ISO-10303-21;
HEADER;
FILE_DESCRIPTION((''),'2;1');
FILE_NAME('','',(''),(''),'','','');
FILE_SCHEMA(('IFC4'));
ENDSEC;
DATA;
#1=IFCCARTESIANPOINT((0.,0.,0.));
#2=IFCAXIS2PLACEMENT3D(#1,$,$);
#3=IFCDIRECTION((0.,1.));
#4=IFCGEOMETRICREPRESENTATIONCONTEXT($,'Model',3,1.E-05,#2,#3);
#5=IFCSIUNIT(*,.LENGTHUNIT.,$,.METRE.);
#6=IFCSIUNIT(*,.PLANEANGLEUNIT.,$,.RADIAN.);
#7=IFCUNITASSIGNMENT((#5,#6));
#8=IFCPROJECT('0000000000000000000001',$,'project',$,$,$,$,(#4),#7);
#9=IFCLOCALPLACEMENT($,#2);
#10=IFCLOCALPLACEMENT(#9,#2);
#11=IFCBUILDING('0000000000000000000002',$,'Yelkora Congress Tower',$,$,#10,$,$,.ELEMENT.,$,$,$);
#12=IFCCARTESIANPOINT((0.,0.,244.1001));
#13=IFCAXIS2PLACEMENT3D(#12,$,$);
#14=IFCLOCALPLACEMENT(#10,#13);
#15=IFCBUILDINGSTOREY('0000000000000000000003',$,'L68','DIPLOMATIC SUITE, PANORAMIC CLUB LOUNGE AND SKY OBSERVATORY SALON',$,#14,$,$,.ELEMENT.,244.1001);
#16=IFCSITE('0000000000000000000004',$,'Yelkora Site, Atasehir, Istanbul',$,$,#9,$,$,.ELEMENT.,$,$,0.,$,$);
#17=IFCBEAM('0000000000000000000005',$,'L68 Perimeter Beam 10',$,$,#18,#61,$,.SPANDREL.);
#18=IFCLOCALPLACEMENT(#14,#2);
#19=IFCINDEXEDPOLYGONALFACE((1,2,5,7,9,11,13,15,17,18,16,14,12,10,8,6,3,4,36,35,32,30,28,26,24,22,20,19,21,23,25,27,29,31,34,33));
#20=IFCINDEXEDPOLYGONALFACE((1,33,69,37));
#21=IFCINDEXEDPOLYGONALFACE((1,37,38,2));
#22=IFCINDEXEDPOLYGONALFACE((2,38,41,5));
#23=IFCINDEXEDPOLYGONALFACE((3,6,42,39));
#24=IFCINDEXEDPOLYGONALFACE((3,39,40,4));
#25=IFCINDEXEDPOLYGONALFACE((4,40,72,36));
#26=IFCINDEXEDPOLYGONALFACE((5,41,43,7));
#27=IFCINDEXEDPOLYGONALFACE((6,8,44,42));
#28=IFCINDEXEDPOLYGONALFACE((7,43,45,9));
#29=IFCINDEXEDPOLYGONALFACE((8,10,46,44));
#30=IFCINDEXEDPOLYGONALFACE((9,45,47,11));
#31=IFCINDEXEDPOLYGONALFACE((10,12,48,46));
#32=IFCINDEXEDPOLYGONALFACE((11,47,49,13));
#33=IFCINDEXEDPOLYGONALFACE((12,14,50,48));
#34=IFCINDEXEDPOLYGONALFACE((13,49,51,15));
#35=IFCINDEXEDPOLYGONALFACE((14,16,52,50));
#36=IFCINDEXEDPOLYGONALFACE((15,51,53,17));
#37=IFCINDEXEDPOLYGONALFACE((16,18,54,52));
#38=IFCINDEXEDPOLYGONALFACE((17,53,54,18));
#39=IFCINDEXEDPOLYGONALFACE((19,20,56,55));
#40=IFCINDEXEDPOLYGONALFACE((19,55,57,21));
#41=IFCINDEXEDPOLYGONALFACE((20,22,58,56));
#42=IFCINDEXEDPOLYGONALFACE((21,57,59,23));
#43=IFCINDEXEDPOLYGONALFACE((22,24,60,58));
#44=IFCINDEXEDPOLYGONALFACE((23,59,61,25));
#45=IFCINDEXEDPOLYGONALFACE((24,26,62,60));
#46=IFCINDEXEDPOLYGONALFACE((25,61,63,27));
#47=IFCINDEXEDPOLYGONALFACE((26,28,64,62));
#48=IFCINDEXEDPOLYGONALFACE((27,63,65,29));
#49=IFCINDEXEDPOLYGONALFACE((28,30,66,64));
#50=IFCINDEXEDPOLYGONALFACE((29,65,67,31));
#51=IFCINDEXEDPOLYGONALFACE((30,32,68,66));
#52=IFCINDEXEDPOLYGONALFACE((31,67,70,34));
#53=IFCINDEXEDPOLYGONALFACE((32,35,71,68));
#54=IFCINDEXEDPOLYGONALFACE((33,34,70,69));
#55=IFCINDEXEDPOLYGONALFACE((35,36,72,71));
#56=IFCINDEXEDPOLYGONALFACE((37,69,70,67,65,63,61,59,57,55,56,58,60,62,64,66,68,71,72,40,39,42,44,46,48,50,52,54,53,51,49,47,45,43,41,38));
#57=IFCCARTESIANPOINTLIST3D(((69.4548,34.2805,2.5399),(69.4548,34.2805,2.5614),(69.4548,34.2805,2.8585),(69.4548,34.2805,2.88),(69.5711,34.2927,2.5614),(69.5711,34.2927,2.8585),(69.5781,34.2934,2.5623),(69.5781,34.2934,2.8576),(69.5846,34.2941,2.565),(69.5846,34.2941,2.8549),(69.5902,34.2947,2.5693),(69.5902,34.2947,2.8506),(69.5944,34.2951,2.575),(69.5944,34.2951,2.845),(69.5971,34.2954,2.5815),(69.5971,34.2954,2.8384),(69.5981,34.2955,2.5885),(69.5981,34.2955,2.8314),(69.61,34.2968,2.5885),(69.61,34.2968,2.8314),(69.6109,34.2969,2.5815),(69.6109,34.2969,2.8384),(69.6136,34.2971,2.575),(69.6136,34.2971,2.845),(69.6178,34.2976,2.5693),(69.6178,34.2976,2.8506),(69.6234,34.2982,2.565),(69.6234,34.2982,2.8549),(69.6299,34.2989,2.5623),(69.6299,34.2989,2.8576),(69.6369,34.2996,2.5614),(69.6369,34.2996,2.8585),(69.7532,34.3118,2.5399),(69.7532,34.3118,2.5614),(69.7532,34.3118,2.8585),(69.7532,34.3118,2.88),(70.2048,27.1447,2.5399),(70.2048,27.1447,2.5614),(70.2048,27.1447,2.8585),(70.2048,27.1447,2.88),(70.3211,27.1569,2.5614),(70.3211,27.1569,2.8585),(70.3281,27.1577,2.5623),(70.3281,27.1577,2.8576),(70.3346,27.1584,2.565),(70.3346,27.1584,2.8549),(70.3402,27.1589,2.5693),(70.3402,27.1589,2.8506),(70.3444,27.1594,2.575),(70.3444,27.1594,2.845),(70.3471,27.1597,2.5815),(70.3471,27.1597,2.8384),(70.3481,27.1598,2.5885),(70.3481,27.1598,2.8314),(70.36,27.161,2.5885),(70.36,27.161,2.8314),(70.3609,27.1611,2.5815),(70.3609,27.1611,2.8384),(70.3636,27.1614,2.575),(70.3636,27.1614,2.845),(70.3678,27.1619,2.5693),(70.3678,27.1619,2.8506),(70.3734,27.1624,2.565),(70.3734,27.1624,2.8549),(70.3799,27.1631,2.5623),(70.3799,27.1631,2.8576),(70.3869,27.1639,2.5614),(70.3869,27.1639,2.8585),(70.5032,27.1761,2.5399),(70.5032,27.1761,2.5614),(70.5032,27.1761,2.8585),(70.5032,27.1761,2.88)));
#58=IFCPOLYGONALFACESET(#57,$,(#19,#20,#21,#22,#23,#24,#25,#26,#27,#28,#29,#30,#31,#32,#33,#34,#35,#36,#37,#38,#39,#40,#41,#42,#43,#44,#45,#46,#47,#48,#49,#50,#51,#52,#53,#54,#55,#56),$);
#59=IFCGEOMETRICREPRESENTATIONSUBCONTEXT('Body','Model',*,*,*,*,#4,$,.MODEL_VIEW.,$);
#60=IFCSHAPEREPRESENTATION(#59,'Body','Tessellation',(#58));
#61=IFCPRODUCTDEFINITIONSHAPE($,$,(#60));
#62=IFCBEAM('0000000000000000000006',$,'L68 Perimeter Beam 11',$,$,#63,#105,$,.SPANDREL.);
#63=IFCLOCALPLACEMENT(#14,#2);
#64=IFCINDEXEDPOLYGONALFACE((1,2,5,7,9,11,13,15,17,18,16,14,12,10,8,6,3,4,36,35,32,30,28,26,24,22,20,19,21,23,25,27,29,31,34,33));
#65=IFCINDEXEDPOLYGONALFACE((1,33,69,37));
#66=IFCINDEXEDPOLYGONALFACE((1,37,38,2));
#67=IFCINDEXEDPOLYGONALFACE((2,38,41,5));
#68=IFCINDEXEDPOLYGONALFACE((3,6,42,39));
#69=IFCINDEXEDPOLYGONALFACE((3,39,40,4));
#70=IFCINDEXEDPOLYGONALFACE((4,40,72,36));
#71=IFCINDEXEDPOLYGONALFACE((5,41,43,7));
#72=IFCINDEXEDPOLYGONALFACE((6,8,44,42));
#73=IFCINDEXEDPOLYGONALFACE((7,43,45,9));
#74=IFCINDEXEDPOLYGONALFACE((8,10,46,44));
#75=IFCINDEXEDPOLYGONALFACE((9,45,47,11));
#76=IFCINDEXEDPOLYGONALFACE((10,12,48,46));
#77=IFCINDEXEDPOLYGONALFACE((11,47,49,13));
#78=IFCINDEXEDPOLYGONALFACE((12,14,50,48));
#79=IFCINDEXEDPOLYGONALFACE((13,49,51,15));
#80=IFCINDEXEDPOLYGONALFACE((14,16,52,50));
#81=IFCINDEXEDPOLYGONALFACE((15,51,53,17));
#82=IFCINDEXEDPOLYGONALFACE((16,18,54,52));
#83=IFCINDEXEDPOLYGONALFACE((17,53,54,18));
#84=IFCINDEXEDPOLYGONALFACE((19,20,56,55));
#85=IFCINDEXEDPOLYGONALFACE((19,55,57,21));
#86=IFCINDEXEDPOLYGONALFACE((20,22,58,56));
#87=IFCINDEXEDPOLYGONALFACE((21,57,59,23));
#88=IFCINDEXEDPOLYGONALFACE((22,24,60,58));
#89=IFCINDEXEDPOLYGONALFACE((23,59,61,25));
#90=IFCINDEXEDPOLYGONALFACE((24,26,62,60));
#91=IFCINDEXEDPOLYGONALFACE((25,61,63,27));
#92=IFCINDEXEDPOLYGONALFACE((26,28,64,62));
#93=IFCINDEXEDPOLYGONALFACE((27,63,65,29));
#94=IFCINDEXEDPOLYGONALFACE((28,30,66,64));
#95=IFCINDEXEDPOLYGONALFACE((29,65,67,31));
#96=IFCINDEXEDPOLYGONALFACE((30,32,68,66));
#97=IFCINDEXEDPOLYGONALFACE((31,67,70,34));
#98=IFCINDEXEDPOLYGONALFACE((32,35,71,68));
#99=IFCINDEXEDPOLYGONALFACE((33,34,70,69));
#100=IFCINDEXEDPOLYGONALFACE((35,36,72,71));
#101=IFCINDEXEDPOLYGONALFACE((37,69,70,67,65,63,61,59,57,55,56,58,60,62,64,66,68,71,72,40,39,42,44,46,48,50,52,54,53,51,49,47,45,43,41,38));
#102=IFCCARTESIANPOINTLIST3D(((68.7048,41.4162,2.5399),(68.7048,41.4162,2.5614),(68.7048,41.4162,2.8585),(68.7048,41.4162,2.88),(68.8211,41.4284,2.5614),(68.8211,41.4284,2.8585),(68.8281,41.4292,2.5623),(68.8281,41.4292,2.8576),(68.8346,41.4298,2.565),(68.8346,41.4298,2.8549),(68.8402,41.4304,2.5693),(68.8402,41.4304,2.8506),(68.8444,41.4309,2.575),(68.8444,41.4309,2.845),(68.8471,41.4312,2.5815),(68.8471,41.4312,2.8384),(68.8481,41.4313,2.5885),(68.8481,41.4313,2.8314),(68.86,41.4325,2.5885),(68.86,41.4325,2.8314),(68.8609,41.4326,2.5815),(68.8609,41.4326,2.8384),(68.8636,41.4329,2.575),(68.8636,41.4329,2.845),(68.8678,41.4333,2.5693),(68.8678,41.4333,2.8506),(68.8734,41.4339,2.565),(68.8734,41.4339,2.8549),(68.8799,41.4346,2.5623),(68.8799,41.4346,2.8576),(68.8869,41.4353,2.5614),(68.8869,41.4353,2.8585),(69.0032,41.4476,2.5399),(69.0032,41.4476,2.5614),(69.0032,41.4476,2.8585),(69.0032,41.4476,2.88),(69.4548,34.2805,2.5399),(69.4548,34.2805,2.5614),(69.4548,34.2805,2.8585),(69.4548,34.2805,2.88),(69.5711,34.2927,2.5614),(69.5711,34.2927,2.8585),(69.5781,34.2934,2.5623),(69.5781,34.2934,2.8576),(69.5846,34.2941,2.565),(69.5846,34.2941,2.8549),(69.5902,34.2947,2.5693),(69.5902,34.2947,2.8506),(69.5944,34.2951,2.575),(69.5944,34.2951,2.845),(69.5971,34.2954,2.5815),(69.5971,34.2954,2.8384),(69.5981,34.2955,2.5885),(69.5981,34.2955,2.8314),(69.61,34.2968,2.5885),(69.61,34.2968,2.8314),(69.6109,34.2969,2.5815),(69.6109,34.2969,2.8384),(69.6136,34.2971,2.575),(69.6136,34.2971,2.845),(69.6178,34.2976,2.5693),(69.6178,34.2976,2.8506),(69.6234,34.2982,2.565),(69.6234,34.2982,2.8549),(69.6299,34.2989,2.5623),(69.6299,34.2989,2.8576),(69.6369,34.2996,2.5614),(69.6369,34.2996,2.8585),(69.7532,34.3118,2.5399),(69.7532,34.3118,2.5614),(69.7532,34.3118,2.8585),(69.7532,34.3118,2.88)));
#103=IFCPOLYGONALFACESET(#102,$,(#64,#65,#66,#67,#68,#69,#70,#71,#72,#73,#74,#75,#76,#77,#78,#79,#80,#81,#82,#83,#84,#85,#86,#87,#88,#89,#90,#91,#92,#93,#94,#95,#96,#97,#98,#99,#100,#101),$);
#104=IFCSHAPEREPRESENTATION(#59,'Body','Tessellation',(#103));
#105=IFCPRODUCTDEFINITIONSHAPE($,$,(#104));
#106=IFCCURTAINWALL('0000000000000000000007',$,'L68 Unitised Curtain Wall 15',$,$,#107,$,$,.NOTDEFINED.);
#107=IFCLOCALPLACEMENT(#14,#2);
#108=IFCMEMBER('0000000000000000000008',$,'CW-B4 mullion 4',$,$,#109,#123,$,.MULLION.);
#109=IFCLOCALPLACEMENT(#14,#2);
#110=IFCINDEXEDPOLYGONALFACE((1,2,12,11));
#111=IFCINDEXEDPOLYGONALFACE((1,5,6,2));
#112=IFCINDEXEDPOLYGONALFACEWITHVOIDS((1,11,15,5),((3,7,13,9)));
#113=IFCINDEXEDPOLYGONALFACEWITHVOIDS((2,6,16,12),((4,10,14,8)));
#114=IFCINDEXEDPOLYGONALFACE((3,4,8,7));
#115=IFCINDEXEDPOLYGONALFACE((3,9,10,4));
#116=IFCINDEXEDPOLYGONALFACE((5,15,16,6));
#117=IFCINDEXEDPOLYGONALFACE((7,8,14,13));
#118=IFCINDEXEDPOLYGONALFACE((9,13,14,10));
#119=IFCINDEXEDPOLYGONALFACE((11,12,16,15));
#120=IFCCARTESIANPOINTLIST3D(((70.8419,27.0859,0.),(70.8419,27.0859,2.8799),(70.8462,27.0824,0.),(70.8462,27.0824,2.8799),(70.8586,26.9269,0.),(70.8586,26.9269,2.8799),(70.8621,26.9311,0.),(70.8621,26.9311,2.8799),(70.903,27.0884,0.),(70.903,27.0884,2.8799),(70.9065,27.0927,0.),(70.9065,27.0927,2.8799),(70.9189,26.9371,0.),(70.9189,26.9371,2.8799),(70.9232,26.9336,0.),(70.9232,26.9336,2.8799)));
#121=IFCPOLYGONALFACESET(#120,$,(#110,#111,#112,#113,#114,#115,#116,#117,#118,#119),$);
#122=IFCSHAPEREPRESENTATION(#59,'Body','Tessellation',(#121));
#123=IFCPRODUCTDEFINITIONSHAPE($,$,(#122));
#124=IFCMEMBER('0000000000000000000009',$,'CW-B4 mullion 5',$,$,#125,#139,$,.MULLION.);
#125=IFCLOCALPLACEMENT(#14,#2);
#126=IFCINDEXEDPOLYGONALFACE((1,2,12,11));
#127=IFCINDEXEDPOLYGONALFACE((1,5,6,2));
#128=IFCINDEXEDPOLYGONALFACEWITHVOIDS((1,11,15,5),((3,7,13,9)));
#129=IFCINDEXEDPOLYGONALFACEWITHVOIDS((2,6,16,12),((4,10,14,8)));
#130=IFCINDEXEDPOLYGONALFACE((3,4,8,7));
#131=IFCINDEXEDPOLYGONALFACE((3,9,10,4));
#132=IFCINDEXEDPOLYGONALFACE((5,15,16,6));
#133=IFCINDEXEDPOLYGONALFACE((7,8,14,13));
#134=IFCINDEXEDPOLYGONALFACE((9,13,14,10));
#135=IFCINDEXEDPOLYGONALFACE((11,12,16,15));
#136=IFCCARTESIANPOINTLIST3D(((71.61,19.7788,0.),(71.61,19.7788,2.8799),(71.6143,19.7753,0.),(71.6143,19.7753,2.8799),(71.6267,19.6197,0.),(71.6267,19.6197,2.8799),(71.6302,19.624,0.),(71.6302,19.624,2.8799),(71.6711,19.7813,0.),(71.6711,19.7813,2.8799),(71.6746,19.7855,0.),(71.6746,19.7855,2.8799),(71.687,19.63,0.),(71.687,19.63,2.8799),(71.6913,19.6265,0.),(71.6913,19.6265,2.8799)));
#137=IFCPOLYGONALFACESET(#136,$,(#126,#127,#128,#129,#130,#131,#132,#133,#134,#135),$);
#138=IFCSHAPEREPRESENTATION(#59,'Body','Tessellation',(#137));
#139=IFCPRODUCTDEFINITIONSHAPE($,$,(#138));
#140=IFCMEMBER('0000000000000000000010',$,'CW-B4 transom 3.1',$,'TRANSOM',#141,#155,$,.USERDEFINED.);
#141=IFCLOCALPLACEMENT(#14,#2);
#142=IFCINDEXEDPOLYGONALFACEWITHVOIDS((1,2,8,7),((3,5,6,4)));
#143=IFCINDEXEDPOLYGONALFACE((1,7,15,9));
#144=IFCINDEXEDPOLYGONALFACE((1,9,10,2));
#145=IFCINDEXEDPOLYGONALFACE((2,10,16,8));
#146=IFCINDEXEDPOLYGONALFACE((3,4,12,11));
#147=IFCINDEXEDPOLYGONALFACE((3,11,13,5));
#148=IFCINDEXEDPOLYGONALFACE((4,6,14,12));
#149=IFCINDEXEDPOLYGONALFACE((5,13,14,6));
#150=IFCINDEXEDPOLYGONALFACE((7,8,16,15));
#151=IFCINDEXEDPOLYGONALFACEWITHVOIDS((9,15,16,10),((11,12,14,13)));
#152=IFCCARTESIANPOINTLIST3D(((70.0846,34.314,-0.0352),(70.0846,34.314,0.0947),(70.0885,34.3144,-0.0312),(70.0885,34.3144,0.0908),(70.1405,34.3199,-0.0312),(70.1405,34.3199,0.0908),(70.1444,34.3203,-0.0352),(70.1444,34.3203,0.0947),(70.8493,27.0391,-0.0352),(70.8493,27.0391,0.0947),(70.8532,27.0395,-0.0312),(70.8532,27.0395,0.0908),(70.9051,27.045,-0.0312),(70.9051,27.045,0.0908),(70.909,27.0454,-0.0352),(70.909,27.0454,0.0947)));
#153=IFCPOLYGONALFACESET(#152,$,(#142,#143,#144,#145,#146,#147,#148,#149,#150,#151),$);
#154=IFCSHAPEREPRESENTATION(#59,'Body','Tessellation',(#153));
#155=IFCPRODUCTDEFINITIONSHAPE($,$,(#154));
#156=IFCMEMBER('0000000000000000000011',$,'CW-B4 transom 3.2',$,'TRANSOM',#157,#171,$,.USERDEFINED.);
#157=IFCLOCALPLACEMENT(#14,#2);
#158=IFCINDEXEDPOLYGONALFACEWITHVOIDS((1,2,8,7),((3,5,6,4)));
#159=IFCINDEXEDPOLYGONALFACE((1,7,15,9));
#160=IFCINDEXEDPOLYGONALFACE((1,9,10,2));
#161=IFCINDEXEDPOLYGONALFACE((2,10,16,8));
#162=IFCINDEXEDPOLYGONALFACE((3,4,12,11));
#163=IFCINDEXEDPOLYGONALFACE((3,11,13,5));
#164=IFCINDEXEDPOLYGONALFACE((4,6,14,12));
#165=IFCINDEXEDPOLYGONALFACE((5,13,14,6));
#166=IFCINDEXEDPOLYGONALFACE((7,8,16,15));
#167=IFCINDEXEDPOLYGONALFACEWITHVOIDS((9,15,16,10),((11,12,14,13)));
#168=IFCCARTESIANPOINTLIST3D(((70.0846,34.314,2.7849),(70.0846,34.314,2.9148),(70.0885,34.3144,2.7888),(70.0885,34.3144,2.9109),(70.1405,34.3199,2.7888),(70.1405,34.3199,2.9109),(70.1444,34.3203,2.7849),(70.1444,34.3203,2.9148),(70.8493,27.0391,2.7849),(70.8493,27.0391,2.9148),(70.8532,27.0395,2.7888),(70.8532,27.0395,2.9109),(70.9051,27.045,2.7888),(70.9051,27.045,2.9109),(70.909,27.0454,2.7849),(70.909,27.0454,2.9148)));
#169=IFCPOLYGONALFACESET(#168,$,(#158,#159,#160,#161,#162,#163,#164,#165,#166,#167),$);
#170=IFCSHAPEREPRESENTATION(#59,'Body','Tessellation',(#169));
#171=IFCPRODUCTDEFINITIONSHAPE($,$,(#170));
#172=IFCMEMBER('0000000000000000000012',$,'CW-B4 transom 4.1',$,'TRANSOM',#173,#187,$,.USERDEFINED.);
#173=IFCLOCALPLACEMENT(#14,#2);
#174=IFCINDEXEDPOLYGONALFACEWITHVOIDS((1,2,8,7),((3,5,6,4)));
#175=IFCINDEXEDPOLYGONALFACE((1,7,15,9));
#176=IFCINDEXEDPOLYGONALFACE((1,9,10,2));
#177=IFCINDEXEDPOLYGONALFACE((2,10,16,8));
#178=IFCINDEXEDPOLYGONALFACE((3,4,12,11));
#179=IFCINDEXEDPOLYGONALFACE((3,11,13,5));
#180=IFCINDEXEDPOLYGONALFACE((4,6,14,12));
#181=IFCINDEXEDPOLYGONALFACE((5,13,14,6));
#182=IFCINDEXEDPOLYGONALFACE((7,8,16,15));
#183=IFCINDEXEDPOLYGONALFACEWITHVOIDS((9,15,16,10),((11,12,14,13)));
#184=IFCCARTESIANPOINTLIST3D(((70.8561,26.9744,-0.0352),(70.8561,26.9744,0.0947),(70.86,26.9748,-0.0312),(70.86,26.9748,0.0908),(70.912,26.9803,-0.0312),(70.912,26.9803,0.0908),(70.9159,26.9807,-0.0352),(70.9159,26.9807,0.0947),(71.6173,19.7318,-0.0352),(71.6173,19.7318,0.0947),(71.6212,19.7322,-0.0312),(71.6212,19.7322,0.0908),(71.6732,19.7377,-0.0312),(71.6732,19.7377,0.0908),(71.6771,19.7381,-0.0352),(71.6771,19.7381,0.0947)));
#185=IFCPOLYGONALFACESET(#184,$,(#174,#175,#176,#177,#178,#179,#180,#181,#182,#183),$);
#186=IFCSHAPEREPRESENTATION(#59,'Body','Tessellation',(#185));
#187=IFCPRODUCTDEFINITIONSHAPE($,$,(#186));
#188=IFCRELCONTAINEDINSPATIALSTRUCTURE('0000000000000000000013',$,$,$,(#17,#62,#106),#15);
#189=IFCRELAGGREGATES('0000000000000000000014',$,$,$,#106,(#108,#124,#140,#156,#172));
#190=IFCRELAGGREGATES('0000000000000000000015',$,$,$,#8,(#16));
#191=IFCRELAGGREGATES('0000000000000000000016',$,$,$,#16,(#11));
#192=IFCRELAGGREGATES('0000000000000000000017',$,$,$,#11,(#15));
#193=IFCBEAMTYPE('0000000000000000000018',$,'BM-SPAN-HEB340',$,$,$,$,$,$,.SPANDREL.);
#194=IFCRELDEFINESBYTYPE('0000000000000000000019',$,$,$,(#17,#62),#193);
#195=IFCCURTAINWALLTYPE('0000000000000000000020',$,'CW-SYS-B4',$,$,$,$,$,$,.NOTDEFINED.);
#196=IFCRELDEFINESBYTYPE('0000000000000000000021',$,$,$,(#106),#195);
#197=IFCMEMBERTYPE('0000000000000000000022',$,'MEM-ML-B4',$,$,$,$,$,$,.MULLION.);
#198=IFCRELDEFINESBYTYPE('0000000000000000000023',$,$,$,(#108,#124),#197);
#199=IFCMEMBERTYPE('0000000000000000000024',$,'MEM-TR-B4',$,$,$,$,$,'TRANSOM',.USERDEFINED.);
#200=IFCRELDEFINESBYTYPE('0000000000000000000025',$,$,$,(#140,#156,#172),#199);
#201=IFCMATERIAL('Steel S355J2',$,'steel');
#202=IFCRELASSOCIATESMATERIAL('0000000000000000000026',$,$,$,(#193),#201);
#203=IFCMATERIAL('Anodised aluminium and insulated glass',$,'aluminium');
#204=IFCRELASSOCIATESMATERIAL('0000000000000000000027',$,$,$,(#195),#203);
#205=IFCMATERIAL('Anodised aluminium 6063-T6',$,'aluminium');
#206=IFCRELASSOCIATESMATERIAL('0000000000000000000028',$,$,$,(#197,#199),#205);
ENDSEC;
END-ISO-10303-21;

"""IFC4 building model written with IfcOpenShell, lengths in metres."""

from ifc_helpers import new_model, si_unit, direction, frame, origin, origin_2d, place, context, subcontext, project, spatial, hollow_rectangle, i_section, extrude, material, material_profile, profile_set, type_object, element, aggregate, save


model = new_model("IFC4")

# Units and contexts
model_context = context("Model", 3, precision=1e-05, world=origin(), true_north=direction((0.0, 1.0)))
body_context = subcontext(model_context, "Body", "Model", "MODEL_VIEW")
ifc_project = project(units=[si_unit("LENGTHUNIT", "METRE"), si_unit("PLANEANGLEUNIT", "RADIAN")], contexts=[model_context])

# Site, building, storey
site_placement = place(None, origin())
site = spatial("IfcSite", under=ifc_project, at=site_placement, Name="Yelkora Site, Atasehir, Istanbul", CompositionType="ELEMENT", RefElevation=0.0)
building_placement = place(site_placement, origin())
building = spatial("IfcBuilding", under=site, at=building_placement, Name="Yelkora Congress Tower", CompositionType="ELEMENT")
storey_placement = place(building_placement, frame((0.0, 0.0, 244.1001)))
storey = spatial("IfcBuildingStorey", under=building, at=storey_placement, Name="L68", Description="DIPLOMATIC SUITE, PANORAMIC CLUB LOUNGE AND SKY OBSERVATORY SALON", CompositionType="ELEMENT", Elevation=244.1001)

# Shared definitions
ifc_material_1 = material(Name="Steel S355J2", Category="steel")

# Beams
ifc_material_profile_1 = material_profile(ifc_material_1, i_section(OverallWidth=0.3, OverallDepth=0.3401, WebThickness=0.012, FlangeThickness=0.0215, FilletRadius=0.0271, at=origin_2d()), Name="HEB 340")
ifc_profile_set_1 = profile_set([ifc_material_profile_1], Name="Steel S355J2")
beam_type_1 = type_object("IfcBeamType", Name="BM-SPAN-HEB340", PredefinedType="SPANDREL", material=ifc_profile_set_1)
for number, where, z_axis, x_axis, name in (
    (1, (70.354, 27.1604, 2.71), (-0.104529, 0.994522, 0.0), (-0.994522, -0.104529, 0.0), "L68 Perimeter Beam 10"),
    (2, (69.604, 34.2961, 2.71), (-0.104529, 0.994522, 0.0), (-0.994522, -0.104529, 0.0), "L68 Perimeter Beam 11"),
):
    element("IfcBeam", number, at=place(storey_placement, frame(where, z_axis=z_axis, x_axis=x_axis)), inside=storey, type_object=beam_type_1, Name=name, PredefinedType="SPANDREL", context=body_context, shape_type="SweptSolid", body=[
        extrude(i_section(OverallWidth=0.3, OverallDepth=0.3401, WebThickness=0.012, FlangeThickness=0.0215, FilletRadius=0.0271, at=origin_2d()), origin(), (0.0, 0.0, 1.0), 7.175),
    ])

# Curtain wall, members
ifc_material_2 = material(Name="Anodised aluminium and insulated glass", Category="aluminium")
curtain_wall_type = type_object("IfcCurtainWallType", Name="CW-SYS-B4", PredefinedType="NOTDEFINED", material=ifc_material_2)
curtain_wall_placement = place(storey_placement, origin())
curtain_wall = element("IfcCurtainWall", 3, at=curtain_wall_placement, inside=storey, type_object=curtain_wall_type, Name="L68 Unitised Curtain Wall 15", PredefinedType="NOTDEFINED")
ifc_material_3 = material(Name="Anodised aluminium 6063-T6", Category="aluminium")
ifc_material_profile_2 = material_profile(ifc_material_3, hollow_rectangle(XDim=0.0649, YDim=0.1599, WallThickness=0.0039, at=origin_2d()), Name="ALU 65x160x4")
ifc_profile_set_2 = profile_set([ifc_material_profile_2], Name="Anodised aluminium 6063-T6")
member_type_1 = type_object("IfcMemberType", Name="MEM-ML-B4", PredefinedType="MULLION", material=ifc_profile_set_2)
member_1_placement = place(storey_placement, frame((70.8826, 27.0098, 0.0), z_axis=(0.0, 0.0, 1.0), x_axis=(0.994522, 0.104526, 0.0)))
member_1 = element("IfcMember", 4, at=member_1_placement, type_object=member_type_1, Name="CW-B4 mullion 4", PredefinedType="MULLION", context=body_context, shape_type="SweptSolid", body=[
    extrude(hollow_rectangle(XDim=0.0649, YDim=0.1599, WallThickness=0.0039, at=origin_2d()), origin(), (0.0, 0.0, 1.0), 2.8799),
])
member_2_placement = place(storey_placement, frame((71.6506, 19.7026, 0.0), z_axis=(0.0, 0.0, 1.0), x_axis=(0.994522, 0.104526, 0.0)))
member_2 = element("IfcMember", 5, at=member_2_placement, type_object=member_type_1, Name="CW-B4 mullion 5", PredefinedType="MULLION", context=body_context, shape_type="SweptSolid", body=[
    extrude(hollow_rectangle(XDim=0.0649, YDim=0.1599, WallThickness=0.0039, at=origin_2d()), origin(), (0.0, 0.0, 1.0), 2.8799),
])
ifc_material_profile_3 = material_profile(ifc_material_3, hollow_rectangle(XDim=0.0601, YDim=0.1299, WallThickness=0.0039, at=origin_2d()), Name="ALU 60x130x4")
ifc_profile_set_3 = profile_set([ifc_material_profile_3], Name="Anodised aluminium 6063-T6")
member_type_2 = type_object("IfcMemberType", Name="MEM-TR-B4", ElementType="TRANSOM", PredefinedType="USERDEFINED", material=ifc_profile_set_3)
member_3_placement = place(storey_placement, frame((70.1145, 34.3171, 0.0298), z_axis=(0.104532, -0.994522, 0.0), x_axis=(0.994522, 0.104532, 0.0)))
member_3 = element("IfcMember", 6, at=member_3_placement, type_object=member_type_2, Name="CW-B4 transom 3.1", ObjectType="TRANSOM", PredefinedType="USERDEFINED", context=body_context, shape_type="SweptSolid", body=[
    extrude(hollow_rectangle(XDim=0.0601, YDim=0.1299, WallThickness=0.0039, at=origin_2d()), origin(), (0.0, 0.0, 1.0), 7.3149),
])
member_4_placement = place(storey_placement, frame((70.1145, 34.3171, 2.8499), z_axis=(0.104532, -0.994522, 0.0), x_axis=(0.994522, 0.104532, 0.0)))
member_4 = element("IfcMember", 7, at=member_4_placement, type_object=member_type_2, Name="CW-B4 transom 3.2", ObjectType="TRANSOM", PredefinedType="USERDEFINED", context=body_context, shape_type="SweptSolid", body=[
    extrude(hollow_rectangle(XDim=0.0601, YDim=0.1299, WallThickness=0.0039, at=origin_2d()), origin(), (0.0, 0.0, 1.0), 7.3149),
])
member_5_placement = place(storey_placement, frame((70.886, 26.9775, 0.0298), z_axis=(0.104528, -0.994522, 0.0), x_axis=(0.994522, 0.104528, 0.0)))
member_5 = element("IfcMember", 8, at=member_5_placement, type_object=member_type_2, Name="CW-B4 transom 4.1", ObjectType="TRANSOM", PredefinedType="USERDEFINED", context=body_context, shape_type="SweptSolid", body=[
    extrude(hollow_rectangle(XDim=0.0601, YDim=0.1299, WallThickness=0.0039, at=origin_2d()), origin(), (0.0, 0.0, 1.0), 7.2825),
])
aggregate(curtain_wall, [member_1, member_2, member_3, member_4, member_5])

save(model, "model.ifc")
